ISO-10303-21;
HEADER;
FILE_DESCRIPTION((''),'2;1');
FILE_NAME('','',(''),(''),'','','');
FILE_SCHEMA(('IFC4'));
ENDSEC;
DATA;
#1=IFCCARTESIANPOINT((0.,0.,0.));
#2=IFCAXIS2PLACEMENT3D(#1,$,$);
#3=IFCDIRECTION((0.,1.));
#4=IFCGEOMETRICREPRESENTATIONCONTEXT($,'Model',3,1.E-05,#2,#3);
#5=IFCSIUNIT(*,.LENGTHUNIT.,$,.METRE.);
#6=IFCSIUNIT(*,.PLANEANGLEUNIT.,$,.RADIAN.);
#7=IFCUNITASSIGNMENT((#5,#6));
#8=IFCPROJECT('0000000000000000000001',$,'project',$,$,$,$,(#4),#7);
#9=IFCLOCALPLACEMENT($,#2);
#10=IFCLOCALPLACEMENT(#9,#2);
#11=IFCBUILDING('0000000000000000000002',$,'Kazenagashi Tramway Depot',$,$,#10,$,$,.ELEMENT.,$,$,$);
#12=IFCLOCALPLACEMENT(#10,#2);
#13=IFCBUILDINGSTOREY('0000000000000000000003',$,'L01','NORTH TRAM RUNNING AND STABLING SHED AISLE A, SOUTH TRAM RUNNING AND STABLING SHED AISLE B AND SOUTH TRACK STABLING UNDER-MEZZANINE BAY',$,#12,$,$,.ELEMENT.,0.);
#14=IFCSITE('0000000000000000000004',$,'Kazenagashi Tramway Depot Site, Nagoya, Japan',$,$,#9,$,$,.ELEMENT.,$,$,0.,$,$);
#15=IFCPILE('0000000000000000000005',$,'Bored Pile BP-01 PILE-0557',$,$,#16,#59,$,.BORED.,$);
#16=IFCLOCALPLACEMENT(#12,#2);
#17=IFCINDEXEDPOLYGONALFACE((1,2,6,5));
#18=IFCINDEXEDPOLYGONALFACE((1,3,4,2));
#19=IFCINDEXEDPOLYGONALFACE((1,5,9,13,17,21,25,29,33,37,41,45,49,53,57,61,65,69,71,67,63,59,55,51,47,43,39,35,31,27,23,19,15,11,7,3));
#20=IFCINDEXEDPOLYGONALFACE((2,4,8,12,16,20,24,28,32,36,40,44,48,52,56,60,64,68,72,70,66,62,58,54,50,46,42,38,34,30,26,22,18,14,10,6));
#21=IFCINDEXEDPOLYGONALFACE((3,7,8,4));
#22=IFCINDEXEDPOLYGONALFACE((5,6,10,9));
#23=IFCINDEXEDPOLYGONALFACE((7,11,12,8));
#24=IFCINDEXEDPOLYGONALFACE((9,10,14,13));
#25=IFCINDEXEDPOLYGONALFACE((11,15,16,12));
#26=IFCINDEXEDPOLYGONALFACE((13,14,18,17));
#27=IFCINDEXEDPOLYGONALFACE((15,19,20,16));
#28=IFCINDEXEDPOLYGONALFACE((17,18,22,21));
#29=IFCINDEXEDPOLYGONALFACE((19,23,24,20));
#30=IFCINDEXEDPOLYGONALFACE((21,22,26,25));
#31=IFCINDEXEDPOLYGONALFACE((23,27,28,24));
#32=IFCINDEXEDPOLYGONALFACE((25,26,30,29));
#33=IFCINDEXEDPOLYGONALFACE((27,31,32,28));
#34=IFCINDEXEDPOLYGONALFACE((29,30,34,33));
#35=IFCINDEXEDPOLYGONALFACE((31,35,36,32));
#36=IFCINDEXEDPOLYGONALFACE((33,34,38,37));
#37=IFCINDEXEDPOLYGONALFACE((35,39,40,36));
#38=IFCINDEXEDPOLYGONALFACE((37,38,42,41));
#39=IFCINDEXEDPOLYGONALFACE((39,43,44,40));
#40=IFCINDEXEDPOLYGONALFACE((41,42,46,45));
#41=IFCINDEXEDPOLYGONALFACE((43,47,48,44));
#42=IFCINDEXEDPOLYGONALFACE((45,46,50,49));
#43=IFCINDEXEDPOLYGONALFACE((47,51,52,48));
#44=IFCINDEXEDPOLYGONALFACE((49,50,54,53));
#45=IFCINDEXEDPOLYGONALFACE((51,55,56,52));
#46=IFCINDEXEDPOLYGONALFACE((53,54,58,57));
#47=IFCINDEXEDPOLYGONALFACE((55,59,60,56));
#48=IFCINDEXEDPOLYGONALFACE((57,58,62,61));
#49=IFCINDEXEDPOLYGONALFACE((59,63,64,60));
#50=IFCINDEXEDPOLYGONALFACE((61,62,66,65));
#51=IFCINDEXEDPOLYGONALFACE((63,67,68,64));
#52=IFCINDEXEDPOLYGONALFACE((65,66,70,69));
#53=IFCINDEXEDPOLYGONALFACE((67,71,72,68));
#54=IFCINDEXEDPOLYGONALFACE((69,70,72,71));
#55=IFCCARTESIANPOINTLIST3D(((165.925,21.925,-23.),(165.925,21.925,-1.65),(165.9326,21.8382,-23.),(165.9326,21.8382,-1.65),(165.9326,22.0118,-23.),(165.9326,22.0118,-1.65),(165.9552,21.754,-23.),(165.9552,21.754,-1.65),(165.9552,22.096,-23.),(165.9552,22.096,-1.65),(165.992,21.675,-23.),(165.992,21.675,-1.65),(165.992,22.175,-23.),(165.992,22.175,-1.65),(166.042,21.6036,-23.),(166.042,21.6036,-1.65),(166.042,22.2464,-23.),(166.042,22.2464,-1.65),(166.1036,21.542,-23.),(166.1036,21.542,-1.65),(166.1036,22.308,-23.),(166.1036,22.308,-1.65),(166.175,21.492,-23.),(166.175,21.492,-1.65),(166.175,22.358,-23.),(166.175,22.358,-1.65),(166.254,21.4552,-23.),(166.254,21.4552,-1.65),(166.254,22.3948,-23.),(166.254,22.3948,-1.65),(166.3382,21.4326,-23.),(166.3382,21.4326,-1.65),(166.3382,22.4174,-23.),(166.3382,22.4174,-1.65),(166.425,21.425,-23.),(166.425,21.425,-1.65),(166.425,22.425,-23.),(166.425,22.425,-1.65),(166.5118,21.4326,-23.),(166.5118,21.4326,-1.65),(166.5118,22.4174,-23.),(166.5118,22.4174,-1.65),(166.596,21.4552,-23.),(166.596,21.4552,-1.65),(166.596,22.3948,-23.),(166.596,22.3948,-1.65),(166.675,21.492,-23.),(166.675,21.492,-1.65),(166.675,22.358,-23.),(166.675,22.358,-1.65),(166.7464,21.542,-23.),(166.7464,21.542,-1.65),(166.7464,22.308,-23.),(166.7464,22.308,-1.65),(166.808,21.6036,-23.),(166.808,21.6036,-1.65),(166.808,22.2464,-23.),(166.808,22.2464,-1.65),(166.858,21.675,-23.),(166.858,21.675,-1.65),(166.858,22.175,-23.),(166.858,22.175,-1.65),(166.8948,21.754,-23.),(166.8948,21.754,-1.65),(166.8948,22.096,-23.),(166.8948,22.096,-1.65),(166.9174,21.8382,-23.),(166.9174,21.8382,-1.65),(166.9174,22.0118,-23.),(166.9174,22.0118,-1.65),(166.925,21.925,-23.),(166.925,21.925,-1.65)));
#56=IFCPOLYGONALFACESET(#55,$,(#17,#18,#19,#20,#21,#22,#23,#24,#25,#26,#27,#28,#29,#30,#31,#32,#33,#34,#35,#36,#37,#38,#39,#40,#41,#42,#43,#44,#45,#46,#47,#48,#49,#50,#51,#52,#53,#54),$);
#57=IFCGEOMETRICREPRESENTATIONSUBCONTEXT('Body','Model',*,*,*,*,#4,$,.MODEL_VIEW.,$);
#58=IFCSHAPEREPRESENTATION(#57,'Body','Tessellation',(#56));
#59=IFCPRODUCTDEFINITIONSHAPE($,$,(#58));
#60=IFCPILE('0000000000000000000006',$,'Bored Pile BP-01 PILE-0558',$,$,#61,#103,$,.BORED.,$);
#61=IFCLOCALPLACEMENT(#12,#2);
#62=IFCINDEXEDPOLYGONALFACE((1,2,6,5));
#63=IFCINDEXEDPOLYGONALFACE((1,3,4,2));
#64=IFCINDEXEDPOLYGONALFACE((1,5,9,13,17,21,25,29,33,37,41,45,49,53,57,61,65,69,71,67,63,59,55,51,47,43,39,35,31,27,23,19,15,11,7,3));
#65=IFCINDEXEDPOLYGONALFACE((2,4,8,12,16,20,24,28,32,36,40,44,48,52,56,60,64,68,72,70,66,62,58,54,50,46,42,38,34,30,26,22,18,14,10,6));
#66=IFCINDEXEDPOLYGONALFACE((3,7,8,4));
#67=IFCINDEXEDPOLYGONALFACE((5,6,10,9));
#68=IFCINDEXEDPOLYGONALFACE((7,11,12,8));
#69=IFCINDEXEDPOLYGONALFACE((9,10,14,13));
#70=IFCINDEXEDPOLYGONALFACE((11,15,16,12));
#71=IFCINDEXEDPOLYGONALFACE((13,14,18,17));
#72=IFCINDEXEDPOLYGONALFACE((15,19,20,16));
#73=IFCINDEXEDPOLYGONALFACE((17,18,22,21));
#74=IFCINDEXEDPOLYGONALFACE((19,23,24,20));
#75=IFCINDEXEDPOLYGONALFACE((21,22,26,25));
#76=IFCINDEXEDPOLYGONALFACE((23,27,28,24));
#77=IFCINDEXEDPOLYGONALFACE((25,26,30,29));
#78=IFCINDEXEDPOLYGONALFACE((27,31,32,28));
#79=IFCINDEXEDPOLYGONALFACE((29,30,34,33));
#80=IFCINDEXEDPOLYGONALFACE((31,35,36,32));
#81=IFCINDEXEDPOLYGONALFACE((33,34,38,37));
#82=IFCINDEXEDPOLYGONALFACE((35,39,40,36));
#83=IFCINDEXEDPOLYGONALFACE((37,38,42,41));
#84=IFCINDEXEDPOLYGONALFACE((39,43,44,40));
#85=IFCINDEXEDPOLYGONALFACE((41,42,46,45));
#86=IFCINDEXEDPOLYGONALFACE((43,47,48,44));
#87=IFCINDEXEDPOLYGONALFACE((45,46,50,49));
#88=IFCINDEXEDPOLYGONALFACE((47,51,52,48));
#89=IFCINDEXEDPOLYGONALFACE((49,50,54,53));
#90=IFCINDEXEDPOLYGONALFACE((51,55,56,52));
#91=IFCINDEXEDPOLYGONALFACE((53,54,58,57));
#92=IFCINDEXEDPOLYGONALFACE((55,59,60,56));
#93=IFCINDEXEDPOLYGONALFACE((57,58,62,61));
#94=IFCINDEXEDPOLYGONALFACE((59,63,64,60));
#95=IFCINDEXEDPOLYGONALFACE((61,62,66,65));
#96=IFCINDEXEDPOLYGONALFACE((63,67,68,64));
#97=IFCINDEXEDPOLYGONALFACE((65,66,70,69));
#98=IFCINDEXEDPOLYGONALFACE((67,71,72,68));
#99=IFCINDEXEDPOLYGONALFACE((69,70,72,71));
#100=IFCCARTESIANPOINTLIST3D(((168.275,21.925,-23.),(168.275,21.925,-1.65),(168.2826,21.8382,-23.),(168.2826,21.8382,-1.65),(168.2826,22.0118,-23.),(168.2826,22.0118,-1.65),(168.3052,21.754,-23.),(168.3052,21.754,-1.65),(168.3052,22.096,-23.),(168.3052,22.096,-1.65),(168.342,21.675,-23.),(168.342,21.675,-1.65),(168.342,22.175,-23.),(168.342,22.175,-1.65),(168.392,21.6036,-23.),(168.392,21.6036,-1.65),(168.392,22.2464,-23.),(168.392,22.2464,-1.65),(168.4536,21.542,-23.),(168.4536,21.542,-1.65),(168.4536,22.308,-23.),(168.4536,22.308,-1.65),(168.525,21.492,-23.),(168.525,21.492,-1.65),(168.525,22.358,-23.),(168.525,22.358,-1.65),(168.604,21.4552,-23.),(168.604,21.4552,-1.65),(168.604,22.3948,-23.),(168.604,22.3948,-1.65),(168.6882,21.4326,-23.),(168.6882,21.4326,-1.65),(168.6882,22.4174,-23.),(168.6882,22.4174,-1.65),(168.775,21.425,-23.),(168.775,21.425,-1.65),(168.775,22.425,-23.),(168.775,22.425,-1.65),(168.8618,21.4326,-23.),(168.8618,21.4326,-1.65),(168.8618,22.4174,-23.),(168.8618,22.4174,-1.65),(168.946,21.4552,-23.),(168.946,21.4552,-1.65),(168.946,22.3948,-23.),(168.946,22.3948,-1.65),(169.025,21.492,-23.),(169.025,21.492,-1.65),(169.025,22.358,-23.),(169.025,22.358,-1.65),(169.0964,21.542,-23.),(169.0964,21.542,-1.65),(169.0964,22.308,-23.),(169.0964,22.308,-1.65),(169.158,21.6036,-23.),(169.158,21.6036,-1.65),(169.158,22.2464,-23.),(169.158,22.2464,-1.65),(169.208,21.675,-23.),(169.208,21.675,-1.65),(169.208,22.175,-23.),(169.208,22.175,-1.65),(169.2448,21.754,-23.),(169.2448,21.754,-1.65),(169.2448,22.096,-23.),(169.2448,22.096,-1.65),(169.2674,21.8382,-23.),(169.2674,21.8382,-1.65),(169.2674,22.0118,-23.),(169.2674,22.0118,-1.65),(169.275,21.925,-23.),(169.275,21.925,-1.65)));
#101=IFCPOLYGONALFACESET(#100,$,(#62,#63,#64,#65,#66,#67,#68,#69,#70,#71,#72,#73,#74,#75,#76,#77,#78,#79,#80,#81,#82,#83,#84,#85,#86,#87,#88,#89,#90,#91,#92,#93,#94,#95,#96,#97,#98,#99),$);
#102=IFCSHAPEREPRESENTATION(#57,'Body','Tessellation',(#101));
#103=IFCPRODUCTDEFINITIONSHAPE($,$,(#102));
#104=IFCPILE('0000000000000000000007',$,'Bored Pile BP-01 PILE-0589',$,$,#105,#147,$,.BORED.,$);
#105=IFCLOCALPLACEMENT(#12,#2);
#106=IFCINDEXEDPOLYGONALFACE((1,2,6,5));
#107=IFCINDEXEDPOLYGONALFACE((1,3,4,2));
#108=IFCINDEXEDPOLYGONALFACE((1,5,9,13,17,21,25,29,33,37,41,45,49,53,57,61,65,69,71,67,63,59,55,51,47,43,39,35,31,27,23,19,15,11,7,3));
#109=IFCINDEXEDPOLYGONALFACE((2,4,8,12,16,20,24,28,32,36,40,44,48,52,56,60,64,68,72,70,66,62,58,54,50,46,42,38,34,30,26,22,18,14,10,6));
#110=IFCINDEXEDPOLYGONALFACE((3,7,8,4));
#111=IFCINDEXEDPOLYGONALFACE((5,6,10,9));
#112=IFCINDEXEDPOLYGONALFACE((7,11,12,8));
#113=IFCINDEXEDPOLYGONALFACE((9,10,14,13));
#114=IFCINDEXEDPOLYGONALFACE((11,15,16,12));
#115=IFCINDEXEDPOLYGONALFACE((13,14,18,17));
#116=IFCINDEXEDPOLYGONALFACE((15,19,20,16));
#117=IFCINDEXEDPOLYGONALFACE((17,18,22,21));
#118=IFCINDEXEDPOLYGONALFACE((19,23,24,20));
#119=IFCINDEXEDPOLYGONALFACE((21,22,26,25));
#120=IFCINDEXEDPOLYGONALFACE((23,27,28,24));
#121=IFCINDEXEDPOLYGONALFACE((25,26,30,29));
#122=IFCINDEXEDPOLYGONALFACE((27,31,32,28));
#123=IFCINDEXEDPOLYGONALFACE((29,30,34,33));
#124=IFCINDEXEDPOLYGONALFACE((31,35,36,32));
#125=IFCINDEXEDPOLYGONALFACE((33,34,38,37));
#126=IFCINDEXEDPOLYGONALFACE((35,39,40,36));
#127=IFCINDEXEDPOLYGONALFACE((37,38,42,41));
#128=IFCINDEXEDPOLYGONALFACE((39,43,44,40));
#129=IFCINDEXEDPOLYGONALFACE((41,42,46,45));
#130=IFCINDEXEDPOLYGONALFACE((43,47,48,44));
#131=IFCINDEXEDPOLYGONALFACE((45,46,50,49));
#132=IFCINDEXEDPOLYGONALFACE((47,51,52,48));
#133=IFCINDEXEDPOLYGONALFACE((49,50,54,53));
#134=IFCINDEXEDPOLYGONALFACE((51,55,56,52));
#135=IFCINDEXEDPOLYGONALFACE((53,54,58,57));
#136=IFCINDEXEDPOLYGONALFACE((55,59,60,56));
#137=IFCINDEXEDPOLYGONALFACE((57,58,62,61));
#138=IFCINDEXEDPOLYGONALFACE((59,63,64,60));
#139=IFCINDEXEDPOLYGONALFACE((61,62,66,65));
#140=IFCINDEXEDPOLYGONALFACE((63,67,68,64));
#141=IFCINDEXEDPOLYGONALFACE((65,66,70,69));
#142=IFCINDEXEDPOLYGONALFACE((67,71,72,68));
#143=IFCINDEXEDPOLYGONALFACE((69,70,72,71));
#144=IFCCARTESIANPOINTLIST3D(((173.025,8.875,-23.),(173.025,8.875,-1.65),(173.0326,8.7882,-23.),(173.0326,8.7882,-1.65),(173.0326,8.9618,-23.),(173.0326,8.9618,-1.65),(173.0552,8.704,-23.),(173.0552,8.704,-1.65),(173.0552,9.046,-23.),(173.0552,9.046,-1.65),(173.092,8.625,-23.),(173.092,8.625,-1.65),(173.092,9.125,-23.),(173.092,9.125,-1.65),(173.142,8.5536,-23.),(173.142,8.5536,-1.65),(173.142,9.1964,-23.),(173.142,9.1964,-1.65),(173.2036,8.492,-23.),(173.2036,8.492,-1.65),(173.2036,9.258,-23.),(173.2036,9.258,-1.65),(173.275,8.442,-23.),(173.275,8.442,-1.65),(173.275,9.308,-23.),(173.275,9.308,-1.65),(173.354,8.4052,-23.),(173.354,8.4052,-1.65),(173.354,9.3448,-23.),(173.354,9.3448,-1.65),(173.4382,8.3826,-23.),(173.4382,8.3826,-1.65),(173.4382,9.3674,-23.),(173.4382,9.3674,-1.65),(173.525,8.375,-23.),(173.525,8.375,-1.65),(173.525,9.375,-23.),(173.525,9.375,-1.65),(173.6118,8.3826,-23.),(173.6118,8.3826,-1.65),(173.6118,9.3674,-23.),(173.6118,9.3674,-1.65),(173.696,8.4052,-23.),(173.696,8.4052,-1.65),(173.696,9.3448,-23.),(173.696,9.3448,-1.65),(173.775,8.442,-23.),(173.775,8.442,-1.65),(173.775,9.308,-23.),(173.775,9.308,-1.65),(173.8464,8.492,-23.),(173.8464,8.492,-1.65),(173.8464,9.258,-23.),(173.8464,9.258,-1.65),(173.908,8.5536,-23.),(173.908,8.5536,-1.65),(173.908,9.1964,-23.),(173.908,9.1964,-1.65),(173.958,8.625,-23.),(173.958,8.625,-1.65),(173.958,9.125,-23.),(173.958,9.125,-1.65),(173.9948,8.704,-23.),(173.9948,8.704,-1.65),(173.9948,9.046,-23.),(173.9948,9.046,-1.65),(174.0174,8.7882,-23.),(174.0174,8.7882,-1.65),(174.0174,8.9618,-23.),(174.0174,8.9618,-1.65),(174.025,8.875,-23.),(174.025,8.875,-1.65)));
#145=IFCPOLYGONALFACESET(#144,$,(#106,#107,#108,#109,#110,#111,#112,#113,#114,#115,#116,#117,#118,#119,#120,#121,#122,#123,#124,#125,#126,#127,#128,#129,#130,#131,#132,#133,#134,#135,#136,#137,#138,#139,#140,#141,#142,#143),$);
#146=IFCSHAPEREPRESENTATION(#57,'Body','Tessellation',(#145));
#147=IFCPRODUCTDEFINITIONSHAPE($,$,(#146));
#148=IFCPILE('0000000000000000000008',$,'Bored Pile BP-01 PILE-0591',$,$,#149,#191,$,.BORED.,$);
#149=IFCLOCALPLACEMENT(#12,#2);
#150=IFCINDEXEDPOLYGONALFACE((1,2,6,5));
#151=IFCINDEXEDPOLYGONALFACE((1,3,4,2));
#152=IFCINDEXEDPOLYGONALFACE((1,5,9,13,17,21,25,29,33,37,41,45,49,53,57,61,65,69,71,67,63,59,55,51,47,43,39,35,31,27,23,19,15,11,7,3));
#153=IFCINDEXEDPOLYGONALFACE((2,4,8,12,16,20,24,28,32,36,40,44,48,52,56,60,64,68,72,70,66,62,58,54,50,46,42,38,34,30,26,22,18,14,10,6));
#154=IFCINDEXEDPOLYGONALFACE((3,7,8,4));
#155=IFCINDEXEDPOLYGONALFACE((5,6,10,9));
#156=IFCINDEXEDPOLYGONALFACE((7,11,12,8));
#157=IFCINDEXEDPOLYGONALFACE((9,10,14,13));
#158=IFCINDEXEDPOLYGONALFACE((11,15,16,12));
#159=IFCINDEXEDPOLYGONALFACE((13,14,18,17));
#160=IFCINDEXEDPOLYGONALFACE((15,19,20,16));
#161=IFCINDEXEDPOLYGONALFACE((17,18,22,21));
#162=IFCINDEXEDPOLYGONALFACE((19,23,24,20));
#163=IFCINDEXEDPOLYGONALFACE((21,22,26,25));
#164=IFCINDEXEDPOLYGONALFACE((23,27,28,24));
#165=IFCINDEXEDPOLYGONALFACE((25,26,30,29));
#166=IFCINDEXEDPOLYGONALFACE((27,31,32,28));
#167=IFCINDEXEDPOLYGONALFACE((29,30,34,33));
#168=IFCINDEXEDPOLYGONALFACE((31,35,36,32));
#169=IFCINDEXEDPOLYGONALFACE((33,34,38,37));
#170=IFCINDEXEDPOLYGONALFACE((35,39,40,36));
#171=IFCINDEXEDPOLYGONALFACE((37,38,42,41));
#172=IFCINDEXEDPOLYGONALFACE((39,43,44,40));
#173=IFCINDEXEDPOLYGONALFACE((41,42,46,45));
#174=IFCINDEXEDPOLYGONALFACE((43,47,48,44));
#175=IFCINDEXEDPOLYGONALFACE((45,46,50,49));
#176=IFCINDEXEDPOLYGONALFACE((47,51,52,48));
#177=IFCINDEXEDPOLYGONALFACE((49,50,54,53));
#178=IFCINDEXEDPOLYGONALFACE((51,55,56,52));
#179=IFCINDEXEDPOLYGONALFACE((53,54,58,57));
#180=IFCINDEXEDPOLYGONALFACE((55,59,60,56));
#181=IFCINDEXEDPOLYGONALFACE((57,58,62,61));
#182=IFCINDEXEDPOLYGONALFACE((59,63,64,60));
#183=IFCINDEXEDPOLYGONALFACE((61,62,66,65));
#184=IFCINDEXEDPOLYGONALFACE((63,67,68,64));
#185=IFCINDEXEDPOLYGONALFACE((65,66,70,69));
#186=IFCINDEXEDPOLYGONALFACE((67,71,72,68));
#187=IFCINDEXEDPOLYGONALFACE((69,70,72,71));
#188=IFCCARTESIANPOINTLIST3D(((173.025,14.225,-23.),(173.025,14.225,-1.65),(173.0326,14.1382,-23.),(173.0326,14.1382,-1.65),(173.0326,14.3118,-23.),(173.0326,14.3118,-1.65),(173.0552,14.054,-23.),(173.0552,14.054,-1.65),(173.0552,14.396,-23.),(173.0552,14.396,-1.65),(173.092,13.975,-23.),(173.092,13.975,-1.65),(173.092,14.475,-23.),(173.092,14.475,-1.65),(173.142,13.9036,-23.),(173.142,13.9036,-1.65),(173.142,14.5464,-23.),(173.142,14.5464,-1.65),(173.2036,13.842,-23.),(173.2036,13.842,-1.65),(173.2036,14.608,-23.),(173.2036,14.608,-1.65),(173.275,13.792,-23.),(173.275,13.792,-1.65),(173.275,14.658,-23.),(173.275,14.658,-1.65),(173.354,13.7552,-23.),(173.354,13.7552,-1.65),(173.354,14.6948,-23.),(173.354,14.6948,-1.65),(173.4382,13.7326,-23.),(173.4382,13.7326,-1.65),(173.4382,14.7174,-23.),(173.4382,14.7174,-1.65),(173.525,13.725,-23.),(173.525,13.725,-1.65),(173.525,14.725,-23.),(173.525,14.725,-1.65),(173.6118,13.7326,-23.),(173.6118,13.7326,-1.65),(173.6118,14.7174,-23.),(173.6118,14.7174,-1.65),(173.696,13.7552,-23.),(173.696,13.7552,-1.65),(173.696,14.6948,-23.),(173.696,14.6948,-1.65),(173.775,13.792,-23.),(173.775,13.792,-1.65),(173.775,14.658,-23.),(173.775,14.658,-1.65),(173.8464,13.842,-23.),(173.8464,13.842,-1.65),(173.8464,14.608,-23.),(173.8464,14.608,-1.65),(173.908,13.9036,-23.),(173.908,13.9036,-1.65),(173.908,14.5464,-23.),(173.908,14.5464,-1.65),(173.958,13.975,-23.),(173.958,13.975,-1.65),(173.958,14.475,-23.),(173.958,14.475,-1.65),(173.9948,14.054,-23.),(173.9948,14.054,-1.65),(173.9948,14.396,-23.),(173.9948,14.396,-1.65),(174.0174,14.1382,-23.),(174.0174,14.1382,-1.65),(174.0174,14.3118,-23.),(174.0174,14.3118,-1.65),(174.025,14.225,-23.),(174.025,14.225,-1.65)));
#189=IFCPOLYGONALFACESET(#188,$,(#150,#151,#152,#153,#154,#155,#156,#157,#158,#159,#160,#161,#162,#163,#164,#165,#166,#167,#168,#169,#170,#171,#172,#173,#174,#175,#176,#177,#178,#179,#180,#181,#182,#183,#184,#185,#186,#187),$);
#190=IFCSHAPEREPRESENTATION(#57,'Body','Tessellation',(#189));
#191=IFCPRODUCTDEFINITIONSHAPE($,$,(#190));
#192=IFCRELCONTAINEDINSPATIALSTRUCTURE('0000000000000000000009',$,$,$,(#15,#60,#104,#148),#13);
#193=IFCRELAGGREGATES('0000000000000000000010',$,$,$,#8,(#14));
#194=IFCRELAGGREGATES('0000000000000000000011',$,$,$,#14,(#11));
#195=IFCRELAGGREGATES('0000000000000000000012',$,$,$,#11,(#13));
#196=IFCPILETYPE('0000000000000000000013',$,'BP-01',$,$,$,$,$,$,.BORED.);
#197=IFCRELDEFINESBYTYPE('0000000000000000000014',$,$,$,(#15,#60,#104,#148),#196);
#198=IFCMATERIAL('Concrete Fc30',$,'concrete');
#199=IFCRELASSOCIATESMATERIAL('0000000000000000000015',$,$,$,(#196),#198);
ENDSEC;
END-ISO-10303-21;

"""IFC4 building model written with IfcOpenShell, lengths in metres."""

from ifc_helpers import new_model, si_unit, direction, frame, origin, origin_2d, place, context, subcontext, project, spatial, circle, extrude, material, material_profile, profile_set, type_object, element, save


model = new_model("IFC4")

# Units and contexts
model_context = context("Model", 3, precision=1e-05, world=origin(), true_north=direction((0.0, 1.0)))
body_context = subcontext(model_context, "Body", "Model", "MODEL_VIEW")
ifc_project = project(units=[si_unit("LENGTHUNIT", "METRE"), si_unit("PLANEANGLEUNIT", "RADIAN")], contexts=[model_context])

# Site, building, storey
site_placement = place(None, origin())
site = spatial("IfcSite", under=ifc_project, at=site_placement, Name="Kazenagashi Tramway Depot Site, Nagoya, Japan", CompositionType="ELEMENT", RefElevation=0.0)
building_placement = place(site_placement, origin())
building = spatial("IfcBuilding", under=site, at=building_placement, Name="Kazenagashi Tramway Depot", CompositionType="ELEMENT")
storey_placement = place(building_placement, origin())
storey = spatial("IfcBuildingStorey", under=building, at=storey_placement, Name="L01", Description="NORTH TRAM RUNNING AND STABLING SHED AISLE A, SOUTH TRAM RUNNING AND STABLING SHED AISLE B AND SOUTH TRACK STABLING UNDER-MEZZANINE BAY", CompositionType="ELEMENT", Elevation=0.0)

# Piles
ifc_material_1 = material(Name="Concrete Fc30", Category="concrete")
ifc_material_profile_1 = material_profile(ifc_material_1, circle(Radius=0.5, at=origin_2d()), Name="PILE-1000")
ifc_profile_set_1 = profile_set([ifc_material_profile_1], Name="Concrete Fc30")
pile_type = type_object("IfcPileType", Name="BP-01", PredefinedType="BORED", material=ifc_profile_set_1)
for number, where, z_axis, x_axis, name in (
    (1, (166.425, 21.925, -1.65), (0.0, 0.0, -1.0), (1.0, 0.0, 0.0), "Bored Pile BP-01 PILE-0557"),
    (2, (168.775, 21.925, -1.65), (0.0, 0.0, -1.0), (1.0, 0.0, 0.0), "Bored Pile BP-01 PILE-0558"),
    (3, (173.525, 8.875, -1.65), (0.0, 0.0, -1.0), (1.0, 0.0, 0.0), "Bored Pile BP-01 PILE-0589"),
    (4, (173.525, 14.225, -1.65), (0.0, 0.0, -1.0), (1.0, 0.0, 0.0), "Bored Pile BP-01 PILE-0591"),
):
    element("IfcPile", number, at=place(storey_placement, frame(where, z_axis=z_axis, x_axis=x_axis)), inside=storey, type_object=pile_type, Name=name, PredefinedType="BORED", context=body_context, shape_type="SweptSolid", body=[
        extrude(circle(Radius=0.5, at=origin_2d()), origin(), (0.0, 0.0, 1.0), 21.35),
    ])

save(model, "model.ifc")
